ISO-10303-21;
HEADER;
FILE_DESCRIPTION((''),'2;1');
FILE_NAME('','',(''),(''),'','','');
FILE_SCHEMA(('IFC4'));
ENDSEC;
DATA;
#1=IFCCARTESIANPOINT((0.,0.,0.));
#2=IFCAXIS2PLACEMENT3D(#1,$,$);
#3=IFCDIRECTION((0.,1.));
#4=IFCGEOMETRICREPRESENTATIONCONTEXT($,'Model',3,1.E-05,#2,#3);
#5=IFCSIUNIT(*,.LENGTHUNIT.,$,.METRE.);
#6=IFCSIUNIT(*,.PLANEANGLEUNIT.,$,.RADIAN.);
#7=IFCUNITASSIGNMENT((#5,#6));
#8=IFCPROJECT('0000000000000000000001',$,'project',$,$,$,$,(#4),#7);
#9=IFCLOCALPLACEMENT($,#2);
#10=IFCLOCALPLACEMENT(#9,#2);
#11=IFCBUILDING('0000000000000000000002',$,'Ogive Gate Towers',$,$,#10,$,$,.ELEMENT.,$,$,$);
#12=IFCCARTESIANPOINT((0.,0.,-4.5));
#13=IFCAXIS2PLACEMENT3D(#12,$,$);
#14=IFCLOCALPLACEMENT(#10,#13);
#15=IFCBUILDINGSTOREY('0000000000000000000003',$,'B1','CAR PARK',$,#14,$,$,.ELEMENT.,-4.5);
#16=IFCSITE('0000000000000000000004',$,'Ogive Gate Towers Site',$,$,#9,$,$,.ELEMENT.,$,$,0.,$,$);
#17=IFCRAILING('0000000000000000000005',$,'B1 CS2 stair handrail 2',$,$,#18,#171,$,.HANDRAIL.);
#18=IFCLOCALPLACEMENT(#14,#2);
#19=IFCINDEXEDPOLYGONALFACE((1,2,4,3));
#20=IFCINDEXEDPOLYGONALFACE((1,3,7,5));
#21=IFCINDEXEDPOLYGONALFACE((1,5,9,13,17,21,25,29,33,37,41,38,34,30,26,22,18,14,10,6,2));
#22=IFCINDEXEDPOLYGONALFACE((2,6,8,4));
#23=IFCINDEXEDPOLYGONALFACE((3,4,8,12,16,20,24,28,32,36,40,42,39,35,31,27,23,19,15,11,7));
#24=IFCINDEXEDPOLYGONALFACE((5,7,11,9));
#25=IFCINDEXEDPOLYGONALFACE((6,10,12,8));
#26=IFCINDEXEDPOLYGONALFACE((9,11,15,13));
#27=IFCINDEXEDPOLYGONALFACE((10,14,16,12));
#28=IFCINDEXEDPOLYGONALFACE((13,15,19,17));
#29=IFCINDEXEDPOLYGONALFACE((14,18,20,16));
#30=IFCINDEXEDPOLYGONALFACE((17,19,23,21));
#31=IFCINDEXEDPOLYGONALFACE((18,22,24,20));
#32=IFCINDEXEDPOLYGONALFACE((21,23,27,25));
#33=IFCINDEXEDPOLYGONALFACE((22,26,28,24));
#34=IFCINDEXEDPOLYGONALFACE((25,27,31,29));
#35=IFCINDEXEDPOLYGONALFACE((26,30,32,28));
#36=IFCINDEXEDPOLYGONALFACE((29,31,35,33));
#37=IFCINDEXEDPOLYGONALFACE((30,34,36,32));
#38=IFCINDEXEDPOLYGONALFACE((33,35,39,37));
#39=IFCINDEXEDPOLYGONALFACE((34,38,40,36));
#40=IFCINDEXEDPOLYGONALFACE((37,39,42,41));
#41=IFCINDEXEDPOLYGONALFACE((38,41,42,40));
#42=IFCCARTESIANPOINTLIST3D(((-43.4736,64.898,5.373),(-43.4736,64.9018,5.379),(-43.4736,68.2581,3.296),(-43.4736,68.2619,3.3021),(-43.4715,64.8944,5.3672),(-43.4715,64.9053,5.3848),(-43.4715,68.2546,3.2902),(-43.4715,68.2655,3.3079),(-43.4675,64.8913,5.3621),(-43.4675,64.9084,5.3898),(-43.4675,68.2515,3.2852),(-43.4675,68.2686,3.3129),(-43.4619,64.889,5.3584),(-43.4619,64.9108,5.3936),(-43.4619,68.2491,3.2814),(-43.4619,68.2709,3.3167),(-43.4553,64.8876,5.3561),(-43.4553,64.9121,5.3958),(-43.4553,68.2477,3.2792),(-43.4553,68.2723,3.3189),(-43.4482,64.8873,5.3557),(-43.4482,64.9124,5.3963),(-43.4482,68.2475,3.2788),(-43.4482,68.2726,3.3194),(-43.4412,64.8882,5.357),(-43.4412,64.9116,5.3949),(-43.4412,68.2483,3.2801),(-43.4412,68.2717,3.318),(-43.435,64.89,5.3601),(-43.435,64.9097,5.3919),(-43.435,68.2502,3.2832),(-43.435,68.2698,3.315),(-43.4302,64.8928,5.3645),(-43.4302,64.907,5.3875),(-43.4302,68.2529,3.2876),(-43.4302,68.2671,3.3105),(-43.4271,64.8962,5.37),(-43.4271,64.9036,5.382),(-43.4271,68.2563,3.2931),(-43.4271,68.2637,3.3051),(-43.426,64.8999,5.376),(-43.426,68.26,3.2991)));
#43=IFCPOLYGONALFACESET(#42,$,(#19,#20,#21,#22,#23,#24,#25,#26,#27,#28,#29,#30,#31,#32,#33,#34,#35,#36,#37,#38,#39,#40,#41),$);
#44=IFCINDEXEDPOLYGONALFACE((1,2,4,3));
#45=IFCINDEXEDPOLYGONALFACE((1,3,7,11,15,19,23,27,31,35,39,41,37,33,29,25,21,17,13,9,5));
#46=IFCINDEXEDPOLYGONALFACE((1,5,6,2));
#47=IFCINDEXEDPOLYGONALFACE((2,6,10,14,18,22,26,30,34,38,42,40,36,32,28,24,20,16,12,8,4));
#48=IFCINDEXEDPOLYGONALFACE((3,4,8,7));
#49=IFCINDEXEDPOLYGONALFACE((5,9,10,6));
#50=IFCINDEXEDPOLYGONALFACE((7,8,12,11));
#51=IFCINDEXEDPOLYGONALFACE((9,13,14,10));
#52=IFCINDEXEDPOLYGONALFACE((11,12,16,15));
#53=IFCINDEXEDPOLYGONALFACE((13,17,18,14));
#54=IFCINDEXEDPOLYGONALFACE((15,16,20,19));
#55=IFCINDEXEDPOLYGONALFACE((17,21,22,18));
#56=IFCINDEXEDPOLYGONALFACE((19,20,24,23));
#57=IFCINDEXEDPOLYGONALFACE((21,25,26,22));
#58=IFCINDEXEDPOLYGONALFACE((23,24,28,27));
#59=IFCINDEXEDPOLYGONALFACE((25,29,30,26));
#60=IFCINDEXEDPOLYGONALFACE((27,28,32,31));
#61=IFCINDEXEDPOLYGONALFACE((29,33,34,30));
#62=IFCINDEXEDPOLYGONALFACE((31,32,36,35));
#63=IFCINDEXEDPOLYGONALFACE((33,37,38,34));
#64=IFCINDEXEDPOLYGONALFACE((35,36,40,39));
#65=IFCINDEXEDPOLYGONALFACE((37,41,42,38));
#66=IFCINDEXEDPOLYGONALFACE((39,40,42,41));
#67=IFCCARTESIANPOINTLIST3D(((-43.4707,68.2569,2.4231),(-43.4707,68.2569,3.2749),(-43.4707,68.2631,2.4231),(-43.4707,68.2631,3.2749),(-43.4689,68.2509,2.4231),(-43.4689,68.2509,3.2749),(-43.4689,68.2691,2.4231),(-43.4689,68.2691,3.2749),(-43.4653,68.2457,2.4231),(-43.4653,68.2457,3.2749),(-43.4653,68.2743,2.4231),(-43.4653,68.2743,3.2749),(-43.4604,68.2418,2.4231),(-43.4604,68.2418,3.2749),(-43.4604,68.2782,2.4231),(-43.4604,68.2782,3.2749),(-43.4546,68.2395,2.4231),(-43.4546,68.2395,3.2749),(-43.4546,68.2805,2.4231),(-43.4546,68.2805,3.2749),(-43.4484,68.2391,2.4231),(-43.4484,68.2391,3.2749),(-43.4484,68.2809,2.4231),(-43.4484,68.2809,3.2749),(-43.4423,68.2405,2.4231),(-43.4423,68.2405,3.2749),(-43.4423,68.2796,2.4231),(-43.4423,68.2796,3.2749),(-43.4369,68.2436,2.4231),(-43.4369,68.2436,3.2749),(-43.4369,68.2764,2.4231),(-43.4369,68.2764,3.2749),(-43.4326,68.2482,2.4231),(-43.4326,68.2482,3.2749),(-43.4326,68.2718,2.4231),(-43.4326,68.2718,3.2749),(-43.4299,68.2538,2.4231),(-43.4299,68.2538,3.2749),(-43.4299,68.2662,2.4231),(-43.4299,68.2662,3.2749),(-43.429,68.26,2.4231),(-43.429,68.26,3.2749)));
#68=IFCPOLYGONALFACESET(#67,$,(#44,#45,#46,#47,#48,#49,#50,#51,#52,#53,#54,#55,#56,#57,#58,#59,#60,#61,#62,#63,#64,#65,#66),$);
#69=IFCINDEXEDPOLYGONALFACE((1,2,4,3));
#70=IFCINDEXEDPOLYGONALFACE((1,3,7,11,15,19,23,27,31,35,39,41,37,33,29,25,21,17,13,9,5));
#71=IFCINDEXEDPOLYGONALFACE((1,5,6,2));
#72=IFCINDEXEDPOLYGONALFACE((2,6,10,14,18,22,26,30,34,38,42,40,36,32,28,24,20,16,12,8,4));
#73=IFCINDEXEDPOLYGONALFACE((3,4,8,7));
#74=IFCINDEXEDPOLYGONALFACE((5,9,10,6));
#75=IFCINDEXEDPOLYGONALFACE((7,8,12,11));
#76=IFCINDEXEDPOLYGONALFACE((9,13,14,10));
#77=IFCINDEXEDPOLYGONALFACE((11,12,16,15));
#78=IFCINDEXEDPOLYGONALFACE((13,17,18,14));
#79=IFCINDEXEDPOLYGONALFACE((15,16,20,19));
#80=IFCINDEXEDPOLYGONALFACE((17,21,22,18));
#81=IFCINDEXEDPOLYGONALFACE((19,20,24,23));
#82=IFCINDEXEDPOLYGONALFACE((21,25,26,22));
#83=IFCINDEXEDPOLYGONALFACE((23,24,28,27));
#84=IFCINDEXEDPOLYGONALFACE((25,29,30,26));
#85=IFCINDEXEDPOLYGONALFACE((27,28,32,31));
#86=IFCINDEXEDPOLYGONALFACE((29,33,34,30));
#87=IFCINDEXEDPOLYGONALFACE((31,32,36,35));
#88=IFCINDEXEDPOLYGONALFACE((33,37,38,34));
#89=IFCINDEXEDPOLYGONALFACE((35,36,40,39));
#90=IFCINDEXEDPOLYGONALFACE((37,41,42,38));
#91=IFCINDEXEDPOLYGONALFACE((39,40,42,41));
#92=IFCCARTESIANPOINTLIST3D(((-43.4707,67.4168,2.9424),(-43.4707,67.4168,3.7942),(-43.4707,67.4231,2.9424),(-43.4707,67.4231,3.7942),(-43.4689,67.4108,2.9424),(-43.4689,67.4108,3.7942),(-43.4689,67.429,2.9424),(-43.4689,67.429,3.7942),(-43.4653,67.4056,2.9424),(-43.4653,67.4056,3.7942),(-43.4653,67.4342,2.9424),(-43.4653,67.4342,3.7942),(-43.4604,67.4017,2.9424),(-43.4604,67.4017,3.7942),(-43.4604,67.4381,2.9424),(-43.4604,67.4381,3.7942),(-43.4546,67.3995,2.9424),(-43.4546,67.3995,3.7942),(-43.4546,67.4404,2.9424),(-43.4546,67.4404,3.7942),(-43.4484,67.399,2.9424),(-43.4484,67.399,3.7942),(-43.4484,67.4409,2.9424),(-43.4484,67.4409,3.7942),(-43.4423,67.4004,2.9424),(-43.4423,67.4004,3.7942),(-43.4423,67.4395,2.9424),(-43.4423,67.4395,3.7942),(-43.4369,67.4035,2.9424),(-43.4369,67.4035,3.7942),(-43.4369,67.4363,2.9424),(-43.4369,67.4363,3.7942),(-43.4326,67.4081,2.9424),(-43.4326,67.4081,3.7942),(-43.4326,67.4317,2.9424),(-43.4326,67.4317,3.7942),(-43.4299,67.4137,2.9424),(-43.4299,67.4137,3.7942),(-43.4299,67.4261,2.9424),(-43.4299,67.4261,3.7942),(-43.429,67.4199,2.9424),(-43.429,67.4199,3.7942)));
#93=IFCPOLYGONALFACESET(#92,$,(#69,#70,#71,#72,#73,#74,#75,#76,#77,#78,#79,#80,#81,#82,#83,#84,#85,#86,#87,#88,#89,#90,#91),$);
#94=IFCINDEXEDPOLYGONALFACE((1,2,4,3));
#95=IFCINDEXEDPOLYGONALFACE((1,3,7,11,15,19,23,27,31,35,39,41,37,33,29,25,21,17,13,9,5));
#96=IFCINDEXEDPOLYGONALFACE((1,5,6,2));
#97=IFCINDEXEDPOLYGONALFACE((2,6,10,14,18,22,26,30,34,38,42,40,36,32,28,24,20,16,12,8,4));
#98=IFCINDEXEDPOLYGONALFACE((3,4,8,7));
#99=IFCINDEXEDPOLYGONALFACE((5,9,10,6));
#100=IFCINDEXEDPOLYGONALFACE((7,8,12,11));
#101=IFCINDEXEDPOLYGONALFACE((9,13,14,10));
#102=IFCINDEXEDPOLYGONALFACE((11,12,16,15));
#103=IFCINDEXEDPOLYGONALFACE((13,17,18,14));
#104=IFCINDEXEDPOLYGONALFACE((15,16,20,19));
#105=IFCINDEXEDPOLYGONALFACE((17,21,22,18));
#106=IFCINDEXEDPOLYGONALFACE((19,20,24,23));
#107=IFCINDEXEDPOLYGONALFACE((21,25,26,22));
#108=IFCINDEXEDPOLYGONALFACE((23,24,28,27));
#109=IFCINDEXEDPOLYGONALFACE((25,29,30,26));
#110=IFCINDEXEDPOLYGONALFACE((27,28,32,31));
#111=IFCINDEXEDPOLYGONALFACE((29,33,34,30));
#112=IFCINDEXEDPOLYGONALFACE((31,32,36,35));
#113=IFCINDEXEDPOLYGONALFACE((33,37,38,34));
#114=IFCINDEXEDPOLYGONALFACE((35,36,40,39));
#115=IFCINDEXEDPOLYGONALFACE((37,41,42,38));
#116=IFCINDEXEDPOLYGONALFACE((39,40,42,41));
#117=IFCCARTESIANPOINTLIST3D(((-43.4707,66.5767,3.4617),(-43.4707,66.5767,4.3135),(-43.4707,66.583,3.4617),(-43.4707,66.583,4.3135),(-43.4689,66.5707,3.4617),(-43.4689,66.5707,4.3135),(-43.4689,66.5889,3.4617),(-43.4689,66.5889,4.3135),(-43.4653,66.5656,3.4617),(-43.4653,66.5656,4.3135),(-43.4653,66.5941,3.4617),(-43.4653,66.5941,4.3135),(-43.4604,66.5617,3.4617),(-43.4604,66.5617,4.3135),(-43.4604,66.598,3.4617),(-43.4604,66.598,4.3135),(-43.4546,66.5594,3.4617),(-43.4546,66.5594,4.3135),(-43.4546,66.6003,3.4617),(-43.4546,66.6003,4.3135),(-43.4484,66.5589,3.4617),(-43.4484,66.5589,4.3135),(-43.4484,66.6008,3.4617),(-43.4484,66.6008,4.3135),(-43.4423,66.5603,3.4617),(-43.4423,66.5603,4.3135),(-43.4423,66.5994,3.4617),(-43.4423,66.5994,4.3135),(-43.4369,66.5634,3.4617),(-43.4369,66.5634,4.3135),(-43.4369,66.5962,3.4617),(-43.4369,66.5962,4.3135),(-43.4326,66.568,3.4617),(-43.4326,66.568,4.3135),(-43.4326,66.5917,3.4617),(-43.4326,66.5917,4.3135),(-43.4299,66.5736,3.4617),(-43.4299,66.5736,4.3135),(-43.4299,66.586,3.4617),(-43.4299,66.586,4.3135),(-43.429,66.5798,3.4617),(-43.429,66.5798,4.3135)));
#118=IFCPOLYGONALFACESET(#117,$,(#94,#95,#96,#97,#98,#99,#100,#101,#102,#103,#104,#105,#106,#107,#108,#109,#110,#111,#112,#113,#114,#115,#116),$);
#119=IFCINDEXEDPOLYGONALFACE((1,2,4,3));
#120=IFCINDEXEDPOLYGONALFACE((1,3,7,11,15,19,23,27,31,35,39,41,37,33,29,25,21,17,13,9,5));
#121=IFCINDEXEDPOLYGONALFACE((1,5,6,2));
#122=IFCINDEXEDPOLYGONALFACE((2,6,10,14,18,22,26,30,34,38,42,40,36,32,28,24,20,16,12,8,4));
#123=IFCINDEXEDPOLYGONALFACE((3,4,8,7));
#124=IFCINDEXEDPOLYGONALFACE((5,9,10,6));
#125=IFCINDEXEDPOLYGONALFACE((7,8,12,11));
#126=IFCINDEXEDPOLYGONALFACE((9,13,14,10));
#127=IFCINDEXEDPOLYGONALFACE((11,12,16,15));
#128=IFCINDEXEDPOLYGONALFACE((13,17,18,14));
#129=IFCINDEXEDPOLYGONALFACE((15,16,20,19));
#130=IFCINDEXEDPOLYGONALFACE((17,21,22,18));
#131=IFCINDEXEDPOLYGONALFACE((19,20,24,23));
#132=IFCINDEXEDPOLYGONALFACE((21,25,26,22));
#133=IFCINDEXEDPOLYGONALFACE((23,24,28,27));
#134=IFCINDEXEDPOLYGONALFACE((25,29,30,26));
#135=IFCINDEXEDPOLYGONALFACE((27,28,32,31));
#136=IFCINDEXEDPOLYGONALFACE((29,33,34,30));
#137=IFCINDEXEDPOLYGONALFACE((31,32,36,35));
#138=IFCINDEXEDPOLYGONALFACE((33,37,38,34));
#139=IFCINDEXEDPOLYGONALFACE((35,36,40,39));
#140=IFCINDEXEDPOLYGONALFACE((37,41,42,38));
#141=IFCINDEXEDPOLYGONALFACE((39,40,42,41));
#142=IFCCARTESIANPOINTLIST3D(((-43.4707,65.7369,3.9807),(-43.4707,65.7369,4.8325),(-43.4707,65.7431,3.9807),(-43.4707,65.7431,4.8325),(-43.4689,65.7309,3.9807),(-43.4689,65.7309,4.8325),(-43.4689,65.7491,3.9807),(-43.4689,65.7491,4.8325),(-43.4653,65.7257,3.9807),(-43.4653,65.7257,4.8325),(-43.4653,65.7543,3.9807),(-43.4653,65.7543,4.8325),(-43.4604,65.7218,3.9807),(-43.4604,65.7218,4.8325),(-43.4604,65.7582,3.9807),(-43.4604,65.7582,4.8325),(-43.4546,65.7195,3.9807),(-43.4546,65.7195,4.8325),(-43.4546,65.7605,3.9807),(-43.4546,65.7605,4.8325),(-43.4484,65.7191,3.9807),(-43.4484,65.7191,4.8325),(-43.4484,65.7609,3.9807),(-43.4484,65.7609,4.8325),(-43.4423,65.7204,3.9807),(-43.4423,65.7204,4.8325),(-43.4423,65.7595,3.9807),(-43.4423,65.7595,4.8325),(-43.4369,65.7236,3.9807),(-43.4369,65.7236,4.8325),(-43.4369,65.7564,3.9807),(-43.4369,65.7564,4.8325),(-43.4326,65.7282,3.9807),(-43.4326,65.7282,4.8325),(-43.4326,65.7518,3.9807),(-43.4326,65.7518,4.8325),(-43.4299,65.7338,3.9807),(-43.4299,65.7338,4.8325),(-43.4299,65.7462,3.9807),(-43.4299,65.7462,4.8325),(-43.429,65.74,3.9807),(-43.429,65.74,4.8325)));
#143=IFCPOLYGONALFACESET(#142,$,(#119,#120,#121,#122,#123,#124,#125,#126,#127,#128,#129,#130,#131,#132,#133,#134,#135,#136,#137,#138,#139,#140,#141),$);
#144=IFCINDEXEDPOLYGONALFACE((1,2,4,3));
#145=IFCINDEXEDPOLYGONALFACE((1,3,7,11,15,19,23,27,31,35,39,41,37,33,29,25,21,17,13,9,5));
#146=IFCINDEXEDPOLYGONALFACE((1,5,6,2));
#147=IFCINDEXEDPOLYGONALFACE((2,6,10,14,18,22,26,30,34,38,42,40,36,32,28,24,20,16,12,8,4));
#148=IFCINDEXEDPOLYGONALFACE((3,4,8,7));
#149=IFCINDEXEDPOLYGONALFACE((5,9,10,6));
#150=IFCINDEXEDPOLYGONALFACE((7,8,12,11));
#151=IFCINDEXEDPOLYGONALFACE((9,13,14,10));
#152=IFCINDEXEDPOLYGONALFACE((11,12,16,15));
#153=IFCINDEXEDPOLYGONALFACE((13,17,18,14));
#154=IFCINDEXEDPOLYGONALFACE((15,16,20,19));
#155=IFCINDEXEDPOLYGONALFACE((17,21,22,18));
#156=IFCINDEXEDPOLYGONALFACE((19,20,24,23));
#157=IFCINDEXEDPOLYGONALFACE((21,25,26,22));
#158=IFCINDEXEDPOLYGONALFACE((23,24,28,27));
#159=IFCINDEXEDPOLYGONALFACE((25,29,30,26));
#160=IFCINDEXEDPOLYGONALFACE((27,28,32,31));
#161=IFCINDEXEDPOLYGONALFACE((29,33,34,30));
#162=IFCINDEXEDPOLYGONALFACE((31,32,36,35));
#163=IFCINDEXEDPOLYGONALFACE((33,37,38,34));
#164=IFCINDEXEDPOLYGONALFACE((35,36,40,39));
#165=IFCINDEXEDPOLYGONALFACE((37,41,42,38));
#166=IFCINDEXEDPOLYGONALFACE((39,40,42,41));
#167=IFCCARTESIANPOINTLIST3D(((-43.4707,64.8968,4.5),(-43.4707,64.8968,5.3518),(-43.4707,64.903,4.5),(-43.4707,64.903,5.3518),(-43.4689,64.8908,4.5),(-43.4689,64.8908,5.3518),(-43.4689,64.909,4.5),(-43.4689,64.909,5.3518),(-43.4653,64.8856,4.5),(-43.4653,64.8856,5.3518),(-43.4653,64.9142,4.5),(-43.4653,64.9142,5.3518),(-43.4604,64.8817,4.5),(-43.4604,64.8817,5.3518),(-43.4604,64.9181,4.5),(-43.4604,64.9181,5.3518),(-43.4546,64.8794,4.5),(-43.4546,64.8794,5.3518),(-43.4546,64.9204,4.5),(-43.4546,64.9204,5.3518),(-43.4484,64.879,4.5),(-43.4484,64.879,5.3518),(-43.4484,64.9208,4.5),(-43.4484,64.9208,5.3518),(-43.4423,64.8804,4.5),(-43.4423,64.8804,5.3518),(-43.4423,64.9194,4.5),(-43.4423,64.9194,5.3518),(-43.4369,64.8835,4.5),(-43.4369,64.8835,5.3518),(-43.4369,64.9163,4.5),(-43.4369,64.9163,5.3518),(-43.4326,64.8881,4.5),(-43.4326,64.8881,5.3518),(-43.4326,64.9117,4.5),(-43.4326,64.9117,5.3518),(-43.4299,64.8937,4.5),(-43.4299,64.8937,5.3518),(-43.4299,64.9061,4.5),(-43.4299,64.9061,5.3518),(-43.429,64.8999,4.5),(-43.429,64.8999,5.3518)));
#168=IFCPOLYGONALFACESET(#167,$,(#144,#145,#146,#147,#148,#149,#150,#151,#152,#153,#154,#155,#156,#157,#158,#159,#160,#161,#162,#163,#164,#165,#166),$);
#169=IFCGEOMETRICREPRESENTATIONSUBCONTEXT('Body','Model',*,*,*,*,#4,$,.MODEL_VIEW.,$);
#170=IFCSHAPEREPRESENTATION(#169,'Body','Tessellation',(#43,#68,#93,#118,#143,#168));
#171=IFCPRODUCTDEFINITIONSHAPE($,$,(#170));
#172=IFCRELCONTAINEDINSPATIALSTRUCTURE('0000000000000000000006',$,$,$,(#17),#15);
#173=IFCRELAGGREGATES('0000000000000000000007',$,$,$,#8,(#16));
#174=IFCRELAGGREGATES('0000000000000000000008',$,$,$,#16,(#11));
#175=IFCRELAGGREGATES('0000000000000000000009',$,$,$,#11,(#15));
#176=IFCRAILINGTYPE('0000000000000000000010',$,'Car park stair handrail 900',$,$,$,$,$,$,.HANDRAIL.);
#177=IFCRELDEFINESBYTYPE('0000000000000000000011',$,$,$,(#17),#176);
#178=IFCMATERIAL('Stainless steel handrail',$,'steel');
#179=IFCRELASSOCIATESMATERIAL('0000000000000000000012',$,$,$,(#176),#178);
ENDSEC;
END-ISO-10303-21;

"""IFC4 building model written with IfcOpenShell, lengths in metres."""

from ifc_helpers import new_model, si_unit, direction, frame, origin, origin_2d, place, context, subcontext, project, spatial, circle, extrude, material, type_object, element, save


model = new_model("IFC4")

# Units and contexts
model_context = context("Model", 3, precision=1e-05, world=origin(), true_north=direction((0.0, 1.0)))
body_context = subcontext(model_context, "Body", "Model", "MODEL_VIEW")
ifc_project = project(units=[si_unit("LENGTHUNIT", "METRE"), si_unit("PLANEANGLEUNIT", "RADIAN")], contexts=[model_context])

# Site, building, storey
site_placement = place(None, origin())
site = spatial("IfcSite", under=ifc_project, at=site_placement, Name="Ogive Gate Towers Site", CompositionType="ELEMENT", RefElevation=0.0)
building_placement = place(site_placement, origin())
building = spatial("IfcBuilding", under=site, at=building_placement, Name="Ogive Gate Towers", CompositionType="ELEMENT")
storey_placement = place(building_placement, frame((0.0, 0.0, -4.5)))
storey = spatial("IfcBuildingStorey", under=building, at=storey_placement, Name="B1", Description="CAR PARK", CompositionType="ELEMENT", Elevation=-4.5)

# Railing
ifc_material_1 = material(Name="Stainless steel handrail", Category="steel")
railing_type_1 = type_object("IfcRailingType", Name="Car park stair handrail 900", PredefinedType="HANDRAIL", material=ifc_material_1)
railing_1_placement = place(storey_placement, frame((-43.45, 68.26, 2.4231)))
element("IfcRailing", 1, at=railing_1_placement, inside=storey, type_object=railing_type_1, Name="B1 CS2 stair handrail 2", PredefinedType="HANDRAIL", context=body_context, shape_type="SweptSolid", body=[
    extrude(circle(Radius=0.0239, at=origin_2d()), frame((0.0, 0.0, 0.876), z_axis=(0.0, -0.850623, 0.525776), x_axis=(1.0, 0.0, 0.0)), (0.0, 0.0, 1.0), 3.9502),
    extrude(circle(Radius=0.021, at=origin_2d()), origin(), (0.0, 0.0, 1.0), 0.8518),
    extrude(circle(Radius=0.021, at=origin_2d()), frame((0.0, -0.8401, 0.5193)), (0.0, 0.0, 1.0), 0.8518),
    extrude(circle(Radius=0.021, at=origin_2d()), frame((0.0, -1.6802, 1.0386)), (0.0, 0.0, 1.0), 0.8518),
    extrude(circle(Radius=0.021, at=origin_2d()), frame((0.0, -2.52, 1.5576)), (0.0, 0.0, 1.0), 0.8518),
    extrude(circle(Radius=0.021, at=origin_2d()), frame((0.0, -3.3601, 2.0769)), (0.0, 0.0, 1.0), 0.8518),
])

save(model, "model.ifc")
